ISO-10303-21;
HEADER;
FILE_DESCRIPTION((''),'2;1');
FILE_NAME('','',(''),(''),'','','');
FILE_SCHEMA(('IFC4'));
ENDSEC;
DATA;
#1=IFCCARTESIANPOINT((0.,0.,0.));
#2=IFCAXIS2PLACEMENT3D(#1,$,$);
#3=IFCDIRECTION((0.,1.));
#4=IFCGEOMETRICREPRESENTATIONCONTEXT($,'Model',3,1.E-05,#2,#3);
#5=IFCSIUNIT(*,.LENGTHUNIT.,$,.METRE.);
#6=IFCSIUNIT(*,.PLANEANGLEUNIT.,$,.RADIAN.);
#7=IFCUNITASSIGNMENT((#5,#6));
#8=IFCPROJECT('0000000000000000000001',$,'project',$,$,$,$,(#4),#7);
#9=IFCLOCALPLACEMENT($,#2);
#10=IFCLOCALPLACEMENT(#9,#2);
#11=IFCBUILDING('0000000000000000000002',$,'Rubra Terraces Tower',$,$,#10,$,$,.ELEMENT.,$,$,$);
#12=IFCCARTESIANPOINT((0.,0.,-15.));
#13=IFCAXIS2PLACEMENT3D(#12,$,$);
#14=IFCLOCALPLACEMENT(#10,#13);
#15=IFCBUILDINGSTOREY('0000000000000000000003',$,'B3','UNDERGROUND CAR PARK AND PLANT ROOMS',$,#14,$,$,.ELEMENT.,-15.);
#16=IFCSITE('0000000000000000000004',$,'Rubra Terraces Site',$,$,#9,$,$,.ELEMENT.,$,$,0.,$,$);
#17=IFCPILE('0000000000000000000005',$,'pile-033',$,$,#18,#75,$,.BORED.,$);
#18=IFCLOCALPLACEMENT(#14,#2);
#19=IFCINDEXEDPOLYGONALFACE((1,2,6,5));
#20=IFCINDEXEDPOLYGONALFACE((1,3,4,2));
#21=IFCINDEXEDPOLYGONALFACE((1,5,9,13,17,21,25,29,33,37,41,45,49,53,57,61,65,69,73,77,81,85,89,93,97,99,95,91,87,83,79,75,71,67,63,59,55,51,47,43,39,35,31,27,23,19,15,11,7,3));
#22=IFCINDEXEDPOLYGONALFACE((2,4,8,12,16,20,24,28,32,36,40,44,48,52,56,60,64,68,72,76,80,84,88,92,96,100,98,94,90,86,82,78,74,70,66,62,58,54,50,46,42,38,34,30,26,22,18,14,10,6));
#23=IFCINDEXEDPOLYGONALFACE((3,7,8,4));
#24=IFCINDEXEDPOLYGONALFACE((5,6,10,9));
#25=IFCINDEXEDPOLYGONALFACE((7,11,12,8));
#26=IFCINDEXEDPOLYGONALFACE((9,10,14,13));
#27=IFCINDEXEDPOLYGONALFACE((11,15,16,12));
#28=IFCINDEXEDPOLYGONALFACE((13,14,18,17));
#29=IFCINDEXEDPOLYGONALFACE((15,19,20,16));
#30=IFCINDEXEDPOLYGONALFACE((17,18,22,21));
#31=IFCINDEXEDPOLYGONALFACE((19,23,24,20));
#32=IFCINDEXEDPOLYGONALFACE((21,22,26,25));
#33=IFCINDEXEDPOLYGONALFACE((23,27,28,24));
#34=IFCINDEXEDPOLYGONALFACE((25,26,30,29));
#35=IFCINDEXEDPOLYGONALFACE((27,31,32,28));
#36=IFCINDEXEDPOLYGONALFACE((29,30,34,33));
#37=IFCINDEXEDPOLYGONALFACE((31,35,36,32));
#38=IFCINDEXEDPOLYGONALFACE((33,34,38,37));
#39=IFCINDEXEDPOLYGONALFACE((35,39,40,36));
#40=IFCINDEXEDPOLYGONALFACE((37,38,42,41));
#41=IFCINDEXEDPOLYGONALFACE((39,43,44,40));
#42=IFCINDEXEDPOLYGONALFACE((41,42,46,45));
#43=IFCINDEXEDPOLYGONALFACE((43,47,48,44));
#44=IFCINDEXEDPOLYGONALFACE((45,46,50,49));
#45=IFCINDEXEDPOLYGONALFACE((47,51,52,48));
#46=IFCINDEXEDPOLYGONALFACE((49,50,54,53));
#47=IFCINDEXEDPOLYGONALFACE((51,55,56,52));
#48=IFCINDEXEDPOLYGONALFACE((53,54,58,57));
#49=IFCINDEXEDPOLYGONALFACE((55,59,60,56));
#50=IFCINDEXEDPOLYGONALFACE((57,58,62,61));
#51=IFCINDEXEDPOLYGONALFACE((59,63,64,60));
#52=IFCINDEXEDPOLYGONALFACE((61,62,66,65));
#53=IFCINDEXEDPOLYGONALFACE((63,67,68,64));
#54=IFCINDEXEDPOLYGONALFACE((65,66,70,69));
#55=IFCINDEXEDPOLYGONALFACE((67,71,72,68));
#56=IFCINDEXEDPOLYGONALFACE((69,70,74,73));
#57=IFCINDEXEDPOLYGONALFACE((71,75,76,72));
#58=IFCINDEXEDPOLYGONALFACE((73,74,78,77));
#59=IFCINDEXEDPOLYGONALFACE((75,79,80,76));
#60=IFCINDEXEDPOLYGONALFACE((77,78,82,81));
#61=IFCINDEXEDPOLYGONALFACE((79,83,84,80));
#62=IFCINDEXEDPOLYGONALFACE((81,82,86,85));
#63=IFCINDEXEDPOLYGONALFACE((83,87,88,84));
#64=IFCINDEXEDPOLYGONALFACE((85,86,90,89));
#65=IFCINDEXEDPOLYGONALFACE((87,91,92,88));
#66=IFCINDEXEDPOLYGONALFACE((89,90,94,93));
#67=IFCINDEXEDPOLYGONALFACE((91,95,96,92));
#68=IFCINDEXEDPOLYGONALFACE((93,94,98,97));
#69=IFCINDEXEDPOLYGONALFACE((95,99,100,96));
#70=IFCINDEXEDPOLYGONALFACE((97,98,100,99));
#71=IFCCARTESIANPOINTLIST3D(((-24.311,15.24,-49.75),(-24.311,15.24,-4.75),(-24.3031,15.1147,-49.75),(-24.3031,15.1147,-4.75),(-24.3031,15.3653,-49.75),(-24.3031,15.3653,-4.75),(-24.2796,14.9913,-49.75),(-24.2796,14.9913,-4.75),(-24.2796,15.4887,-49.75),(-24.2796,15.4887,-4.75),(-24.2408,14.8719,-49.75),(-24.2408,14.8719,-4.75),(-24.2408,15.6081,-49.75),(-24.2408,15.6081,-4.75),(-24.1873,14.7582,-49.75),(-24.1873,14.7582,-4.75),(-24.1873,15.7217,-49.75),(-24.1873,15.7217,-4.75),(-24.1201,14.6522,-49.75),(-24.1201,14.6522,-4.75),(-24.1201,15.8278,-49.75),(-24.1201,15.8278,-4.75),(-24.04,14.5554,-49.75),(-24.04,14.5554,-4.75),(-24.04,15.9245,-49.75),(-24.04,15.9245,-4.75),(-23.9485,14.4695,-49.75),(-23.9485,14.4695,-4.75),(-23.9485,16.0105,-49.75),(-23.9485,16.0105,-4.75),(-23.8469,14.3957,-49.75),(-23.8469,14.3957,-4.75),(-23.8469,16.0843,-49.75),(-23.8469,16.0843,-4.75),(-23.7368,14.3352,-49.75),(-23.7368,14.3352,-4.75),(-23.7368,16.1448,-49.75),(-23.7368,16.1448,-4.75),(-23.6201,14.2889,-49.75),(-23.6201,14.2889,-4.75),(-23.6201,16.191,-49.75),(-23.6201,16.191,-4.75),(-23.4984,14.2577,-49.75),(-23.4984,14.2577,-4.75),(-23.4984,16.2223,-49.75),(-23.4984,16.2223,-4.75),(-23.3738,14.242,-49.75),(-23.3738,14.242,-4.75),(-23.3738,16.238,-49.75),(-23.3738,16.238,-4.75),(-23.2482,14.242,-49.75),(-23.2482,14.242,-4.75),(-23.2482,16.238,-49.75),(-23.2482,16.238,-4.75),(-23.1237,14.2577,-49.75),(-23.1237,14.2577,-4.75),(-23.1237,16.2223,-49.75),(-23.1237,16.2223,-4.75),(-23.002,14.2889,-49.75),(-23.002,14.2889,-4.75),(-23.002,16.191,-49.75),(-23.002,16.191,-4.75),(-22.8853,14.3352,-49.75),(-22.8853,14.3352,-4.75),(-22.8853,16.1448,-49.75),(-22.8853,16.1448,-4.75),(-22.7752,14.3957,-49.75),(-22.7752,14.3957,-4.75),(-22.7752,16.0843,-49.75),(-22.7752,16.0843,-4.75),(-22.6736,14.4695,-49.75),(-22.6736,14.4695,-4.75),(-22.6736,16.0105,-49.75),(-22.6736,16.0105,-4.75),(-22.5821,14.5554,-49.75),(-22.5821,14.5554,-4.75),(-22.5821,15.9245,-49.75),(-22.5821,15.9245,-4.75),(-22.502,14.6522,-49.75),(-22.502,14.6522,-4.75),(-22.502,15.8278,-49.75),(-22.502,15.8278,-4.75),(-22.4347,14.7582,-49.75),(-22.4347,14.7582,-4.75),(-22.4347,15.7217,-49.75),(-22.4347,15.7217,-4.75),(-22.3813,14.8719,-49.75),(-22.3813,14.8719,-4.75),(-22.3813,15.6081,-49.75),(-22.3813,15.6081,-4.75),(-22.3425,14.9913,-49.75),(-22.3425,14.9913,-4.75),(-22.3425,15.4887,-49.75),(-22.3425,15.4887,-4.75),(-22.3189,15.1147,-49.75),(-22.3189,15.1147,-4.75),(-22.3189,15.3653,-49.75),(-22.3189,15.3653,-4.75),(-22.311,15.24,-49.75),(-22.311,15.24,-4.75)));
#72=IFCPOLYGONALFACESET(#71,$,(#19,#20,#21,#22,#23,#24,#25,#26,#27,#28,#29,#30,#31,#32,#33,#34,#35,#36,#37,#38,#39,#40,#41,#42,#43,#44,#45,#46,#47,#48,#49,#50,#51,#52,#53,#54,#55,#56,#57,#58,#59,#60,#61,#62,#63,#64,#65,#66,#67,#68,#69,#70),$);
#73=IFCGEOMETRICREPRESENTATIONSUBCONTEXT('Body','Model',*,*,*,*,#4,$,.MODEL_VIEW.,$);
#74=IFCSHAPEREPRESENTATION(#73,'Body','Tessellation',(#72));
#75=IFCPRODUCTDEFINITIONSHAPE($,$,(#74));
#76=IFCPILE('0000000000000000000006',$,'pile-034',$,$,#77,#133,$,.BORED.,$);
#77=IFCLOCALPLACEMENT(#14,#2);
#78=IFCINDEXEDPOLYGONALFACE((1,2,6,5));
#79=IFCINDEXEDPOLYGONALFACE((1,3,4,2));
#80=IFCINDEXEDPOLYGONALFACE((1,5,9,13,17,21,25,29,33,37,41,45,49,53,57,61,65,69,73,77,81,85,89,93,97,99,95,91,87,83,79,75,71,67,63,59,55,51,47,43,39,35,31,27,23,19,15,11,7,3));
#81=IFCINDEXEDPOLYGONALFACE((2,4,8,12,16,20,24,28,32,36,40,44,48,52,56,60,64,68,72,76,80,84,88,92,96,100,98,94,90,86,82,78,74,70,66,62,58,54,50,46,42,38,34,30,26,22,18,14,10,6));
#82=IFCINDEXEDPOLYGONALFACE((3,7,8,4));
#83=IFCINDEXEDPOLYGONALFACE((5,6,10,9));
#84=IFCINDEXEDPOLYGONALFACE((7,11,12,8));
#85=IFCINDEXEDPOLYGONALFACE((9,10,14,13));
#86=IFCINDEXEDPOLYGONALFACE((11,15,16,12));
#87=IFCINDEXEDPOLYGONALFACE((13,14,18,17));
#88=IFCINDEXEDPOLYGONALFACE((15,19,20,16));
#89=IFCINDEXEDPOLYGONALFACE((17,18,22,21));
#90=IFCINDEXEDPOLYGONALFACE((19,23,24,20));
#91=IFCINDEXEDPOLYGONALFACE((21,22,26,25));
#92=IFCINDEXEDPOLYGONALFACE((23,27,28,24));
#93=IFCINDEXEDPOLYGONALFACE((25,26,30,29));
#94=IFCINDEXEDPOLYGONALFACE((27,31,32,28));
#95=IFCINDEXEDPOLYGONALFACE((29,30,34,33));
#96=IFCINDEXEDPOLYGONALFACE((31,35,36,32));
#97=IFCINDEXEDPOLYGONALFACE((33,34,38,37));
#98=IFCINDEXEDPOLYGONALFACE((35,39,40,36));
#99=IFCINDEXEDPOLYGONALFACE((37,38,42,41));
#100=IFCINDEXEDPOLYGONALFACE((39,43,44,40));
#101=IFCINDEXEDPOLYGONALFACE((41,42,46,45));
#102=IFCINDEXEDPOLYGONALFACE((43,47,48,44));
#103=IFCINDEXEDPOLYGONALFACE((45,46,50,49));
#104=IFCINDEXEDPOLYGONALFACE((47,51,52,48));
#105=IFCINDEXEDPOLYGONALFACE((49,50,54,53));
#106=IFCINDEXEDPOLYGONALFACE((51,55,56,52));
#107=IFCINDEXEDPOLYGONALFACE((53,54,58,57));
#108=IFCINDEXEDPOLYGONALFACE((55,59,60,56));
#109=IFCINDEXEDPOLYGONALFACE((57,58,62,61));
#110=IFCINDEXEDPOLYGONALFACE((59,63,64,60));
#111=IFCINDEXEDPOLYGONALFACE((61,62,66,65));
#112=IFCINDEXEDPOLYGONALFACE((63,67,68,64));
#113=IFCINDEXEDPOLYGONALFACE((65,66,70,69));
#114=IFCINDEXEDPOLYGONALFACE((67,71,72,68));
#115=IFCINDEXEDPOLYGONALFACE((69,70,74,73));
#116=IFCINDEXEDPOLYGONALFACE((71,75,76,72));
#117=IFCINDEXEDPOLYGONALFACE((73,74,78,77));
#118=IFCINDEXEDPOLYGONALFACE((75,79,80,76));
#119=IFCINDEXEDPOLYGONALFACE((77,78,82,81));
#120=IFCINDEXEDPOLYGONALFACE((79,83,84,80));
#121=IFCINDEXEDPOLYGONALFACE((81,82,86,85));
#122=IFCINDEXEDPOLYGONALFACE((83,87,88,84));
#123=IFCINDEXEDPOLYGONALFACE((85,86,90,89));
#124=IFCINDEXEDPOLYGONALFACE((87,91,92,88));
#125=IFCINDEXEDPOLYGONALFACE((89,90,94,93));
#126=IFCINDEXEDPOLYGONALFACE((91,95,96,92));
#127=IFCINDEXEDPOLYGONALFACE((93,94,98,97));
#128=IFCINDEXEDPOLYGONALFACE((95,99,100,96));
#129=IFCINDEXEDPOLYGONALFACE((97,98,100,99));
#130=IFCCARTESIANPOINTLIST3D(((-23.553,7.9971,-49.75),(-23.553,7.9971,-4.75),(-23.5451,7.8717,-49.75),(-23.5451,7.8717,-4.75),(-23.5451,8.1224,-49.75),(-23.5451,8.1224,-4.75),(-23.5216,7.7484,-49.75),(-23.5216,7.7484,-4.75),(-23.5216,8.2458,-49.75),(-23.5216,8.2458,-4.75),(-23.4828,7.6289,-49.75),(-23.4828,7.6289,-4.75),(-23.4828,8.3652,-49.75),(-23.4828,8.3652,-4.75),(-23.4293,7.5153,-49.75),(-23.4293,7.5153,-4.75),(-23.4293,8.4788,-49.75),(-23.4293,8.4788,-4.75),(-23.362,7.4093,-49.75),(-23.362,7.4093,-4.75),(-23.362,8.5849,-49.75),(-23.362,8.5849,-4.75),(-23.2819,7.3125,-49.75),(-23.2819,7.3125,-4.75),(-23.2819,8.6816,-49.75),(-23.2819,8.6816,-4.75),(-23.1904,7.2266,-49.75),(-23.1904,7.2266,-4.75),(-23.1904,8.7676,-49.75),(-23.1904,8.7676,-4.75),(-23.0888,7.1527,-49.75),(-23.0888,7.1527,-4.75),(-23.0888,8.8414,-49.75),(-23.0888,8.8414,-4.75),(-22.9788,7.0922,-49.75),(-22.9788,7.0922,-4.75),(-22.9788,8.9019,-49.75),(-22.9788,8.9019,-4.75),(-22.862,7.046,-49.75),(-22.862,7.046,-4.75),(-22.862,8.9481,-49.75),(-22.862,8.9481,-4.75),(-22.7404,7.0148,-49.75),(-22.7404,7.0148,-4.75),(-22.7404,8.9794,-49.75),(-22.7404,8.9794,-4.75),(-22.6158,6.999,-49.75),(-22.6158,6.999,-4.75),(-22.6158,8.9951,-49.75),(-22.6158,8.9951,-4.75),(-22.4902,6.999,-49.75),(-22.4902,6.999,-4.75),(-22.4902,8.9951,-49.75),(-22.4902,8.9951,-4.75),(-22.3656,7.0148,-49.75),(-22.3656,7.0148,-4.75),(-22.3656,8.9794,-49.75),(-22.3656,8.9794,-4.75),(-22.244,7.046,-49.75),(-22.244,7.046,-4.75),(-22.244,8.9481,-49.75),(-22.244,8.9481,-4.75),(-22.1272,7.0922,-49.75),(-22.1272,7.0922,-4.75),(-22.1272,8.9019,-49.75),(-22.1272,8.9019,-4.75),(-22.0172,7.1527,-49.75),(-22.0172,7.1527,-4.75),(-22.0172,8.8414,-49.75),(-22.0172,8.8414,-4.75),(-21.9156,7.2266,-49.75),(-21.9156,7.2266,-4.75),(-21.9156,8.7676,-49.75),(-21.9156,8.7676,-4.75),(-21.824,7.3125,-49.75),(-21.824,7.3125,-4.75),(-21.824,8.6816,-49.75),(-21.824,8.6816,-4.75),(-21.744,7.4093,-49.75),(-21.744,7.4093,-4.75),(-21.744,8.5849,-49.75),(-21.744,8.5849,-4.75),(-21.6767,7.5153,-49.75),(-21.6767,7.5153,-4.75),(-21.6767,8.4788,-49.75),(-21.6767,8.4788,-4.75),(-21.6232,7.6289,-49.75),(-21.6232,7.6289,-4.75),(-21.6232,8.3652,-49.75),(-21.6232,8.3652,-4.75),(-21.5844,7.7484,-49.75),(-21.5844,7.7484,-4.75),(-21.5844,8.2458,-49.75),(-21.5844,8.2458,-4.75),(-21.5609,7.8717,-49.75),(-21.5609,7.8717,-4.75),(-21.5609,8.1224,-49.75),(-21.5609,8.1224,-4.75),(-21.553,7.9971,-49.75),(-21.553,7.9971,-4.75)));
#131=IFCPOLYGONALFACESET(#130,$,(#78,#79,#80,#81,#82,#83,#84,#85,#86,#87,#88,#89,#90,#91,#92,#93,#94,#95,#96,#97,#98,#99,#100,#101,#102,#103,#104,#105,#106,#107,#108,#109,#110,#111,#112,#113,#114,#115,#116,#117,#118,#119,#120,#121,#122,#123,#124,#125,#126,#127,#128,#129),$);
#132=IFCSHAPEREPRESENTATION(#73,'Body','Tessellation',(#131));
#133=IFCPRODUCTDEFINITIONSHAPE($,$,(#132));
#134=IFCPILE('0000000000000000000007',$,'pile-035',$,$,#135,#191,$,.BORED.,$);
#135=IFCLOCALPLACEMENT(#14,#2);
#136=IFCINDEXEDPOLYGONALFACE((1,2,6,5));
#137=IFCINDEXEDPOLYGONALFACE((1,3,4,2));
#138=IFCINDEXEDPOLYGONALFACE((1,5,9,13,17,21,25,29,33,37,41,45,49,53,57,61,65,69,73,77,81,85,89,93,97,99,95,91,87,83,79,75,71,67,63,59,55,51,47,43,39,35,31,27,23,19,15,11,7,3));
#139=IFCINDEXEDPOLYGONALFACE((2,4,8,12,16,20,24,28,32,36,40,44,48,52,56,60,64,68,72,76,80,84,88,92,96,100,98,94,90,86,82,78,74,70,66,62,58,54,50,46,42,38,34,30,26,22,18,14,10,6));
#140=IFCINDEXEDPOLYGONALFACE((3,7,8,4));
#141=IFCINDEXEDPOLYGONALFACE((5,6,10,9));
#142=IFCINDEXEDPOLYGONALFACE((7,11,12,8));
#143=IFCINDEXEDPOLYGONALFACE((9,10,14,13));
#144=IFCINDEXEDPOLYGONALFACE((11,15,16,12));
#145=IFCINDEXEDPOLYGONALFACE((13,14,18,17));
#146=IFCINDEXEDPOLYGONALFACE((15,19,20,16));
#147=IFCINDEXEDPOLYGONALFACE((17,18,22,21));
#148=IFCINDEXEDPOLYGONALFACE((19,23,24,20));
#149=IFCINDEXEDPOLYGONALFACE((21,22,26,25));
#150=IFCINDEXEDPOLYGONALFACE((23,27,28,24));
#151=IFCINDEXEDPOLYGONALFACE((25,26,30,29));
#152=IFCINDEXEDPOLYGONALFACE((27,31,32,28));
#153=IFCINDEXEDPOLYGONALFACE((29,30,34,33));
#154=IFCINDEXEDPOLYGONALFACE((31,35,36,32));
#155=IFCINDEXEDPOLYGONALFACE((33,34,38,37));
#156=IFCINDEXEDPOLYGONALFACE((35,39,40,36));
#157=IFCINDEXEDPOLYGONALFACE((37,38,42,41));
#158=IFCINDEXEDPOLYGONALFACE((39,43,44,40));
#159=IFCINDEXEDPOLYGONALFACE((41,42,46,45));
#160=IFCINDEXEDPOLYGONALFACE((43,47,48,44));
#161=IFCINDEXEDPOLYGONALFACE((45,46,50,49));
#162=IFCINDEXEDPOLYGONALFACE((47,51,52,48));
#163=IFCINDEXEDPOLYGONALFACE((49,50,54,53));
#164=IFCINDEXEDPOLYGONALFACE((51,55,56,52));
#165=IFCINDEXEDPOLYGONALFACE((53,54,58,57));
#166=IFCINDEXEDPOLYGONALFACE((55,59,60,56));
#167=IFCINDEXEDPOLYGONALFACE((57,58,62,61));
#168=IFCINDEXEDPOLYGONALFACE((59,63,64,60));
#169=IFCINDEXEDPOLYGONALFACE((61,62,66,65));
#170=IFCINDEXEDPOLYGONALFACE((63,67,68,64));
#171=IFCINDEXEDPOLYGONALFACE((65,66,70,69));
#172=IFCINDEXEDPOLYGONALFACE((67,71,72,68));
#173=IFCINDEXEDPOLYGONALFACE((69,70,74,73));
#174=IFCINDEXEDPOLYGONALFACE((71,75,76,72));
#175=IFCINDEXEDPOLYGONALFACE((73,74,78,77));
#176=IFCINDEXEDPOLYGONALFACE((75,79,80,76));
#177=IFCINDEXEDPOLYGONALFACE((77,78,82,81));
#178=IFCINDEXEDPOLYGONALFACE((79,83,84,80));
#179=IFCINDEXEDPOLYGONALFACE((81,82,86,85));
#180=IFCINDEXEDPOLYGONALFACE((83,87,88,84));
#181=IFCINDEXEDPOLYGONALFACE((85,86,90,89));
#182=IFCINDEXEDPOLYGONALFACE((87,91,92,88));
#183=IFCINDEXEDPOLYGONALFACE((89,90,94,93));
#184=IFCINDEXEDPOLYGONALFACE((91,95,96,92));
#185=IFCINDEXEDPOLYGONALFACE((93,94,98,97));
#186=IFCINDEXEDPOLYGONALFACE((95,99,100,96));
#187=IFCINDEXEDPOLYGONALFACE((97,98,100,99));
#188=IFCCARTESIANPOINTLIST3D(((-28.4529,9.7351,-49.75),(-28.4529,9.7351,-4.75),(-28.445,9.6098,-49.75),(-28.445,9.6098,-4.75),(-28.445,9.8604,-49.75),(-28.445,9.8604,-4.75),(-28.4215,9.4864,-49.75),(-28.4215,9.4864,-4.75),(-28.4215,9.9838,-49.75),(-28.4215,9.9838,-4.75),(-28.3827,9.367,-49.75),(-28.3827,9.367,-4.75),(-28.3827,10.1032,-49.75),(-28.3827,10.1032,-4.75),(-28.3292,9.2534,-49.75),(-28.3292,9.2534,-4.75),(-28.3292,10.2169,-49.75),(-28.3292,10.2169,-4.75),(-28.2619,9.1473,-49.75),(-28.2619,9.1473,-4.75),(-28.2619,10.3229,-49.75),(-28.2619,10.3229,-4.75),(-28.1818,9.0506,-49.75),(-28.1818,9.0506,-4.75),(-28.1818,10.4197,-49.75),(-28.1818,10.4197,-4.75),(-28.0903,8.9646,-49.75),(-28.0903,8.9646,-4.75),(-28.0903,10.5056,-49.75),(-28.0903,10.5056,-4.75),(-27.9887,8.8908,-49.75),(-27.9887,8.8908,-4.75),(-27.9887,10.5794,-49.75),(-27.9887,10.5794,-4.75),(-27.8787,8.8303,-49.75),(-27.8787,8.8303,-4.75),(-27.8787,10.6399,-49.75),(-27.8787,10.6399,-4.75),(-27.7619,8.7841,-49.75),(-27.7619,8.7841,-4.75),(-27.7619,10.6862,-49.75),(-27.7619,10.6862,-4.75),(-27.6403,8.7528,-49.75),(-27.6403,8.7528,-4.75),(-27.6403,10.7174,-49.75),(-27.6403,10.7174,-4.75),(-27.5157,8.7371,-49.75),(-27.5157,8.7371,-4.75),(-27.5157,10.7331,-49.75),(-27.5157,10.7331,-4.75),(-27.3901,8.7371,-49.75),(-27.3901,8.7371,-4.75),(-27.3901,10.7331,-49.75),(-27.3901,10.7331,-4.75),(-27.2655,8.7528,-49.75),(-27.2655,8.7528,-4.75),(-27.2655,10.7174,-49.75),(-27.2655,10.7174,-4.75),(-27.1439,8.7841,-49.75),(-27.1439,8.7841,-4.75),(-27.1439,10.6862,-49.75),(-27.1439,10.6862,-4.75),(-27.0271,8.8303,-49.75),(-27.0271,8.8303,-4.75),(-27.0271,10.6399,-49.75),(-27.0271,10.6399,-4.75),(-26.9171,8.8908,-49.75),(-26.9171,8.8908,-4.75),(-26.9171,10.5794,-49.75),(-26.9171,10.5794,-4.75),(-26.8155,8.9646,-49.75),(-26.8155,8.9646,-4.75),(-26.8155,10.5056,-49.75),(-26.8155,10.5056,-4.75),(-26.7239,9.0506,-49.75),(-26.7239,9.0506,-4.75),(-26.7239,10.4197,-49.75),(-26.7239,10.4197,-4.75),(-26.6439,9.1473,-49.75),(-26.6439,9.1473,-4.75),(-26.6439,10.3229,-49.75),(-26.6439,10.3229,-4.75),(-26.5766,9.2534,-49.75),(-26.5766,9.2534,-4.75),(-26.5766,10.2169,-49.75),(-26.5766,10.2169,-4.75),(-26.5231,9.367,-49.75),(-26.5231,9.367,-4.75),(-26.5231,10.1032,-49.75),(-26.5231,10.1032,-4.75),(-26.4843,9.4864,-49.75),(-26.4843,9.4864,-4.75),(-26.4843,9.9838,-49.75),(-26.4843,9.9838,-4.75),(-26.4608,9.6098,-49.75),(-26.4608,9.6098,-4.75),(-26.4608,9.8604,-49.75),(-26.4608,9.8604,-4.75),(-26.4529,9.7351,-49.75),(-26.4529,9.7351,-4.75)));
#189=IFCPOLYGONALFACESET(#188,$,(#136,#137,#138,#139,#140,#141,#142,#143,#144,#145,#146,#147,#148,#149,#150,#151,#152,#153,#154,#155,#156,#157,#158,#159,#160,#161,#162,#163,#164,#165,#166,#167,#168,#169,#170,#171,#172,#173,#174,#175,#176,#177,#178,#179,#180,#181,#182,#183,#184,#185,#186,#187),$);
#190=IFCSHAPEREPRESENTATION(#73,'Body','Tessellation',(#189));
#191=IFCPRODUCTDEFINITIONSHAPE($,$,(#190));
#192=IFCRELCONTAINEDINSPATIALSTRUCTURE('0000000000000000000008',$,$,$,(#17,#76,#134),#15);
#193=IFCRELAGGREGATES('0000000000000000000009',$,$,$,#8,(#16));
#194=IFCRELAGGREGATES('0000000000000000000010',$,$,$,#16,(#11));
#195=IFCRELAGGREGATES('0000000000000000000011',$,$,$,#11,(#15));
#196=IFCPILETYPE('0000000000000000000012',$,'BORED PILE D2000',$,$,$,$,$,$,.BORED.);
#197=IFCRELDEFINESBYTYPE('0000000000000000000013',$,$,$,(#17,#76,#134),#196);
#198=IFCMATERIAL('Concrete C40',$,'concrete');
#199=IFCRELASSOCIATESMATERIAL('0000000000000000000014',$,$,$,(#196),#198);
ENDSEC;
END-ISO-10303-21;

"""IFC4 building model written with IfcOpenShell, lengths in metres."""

from ifc_helpers import new_model, si_unit, direction, frame, origin, origin_2d, place, context, subcontext, project, spatial, circle, extrude, material, material_profile, profile_set, type_object, element, save


model = new_model("IFC4")

# Units and contexts
model_context = context("Model", 3, precision=1e-05, world=origin(), true_north=direction((0.0, 1.0)))
body_context = subcontext(model_context, "Body", "Model", "MODEL_VIEW")
ifc_project = project(units=[si_unit("LENGTHUNIT", "METRE"), si_unit("PLANEANGLEUNIT", "RADIAN")], contexts=[model_context])

# Site, building, storey
site_placement = place(None, origin())
site = spatial("IfcSite", under=ifc_project, at=site_placement, Name="Rubra Terraces Site", CompositionType="ELEMENT", RefElevation=0.0)
building_placement = place(site_placement, origin())
building = spatial("IfcBuilding", under=site, at=building_placement, Name="Rubra Terraces Tower", CompositionType="ELEMENT")
storey_placement = place(building_placement, frame((0.0, 0.0, -15.0)))
storey = spatial("IfcBuildingStorey", under=building, at=storey_placement, Name="B3", Description="UNDERGROUND CAR PARK AND PLANT ROOMS", CompositionType="ELEMENT", Elevation=-15.0)

# Piles
ifc_material_1 = material(Name="Concrete C40", Category="concrete")
ifc_material_profile_1 = material_profile(ifc_material_1, circle(Radius=1.0, at=origin_2d()), Name="BORED PILE D2000")
ifc_profile_set_1 = profile_set([ifc_material_profile_1], Name="Concrete C40")
pile_type = type_object("IfcPileType", Name="BORED PILE D2000", PredefinedType="BORED", material=ifc_profile_set_1)
for number, where, z_axis, x_axis, name in (
    (1, (-23.311, 15.24, -4.75), (0.0, 0.0, -1.0), (1.0, 0.0, 0.0), "pile-033"),
    (2, (-22.553, 7.9971, -4.75), (0.0, 0.0, -1.0), (1.0, 0.0, 0.0), "pile-034"),
    (3, (-27.4529, 9.7351, -4.75), (0.0, 0.0, -1.0), (1.0, 0.0, 0.0), "pile-035"),
):
    element("IfcPile", number, at=place(storey_placement, frame(where, z_axis=z_axis, x_axis=x_axis)), inside=storey, type_object=pile_type, Name=name, PredefinedType="BORED", context=body_context, shape_type="SweptSolid", body=[
        extrude(circle(Radius=1.0, at=origin_2d()), origin(), (0.0, 0.0, 1.0), 45.0),
    ])

save(model, "model.ifc")
